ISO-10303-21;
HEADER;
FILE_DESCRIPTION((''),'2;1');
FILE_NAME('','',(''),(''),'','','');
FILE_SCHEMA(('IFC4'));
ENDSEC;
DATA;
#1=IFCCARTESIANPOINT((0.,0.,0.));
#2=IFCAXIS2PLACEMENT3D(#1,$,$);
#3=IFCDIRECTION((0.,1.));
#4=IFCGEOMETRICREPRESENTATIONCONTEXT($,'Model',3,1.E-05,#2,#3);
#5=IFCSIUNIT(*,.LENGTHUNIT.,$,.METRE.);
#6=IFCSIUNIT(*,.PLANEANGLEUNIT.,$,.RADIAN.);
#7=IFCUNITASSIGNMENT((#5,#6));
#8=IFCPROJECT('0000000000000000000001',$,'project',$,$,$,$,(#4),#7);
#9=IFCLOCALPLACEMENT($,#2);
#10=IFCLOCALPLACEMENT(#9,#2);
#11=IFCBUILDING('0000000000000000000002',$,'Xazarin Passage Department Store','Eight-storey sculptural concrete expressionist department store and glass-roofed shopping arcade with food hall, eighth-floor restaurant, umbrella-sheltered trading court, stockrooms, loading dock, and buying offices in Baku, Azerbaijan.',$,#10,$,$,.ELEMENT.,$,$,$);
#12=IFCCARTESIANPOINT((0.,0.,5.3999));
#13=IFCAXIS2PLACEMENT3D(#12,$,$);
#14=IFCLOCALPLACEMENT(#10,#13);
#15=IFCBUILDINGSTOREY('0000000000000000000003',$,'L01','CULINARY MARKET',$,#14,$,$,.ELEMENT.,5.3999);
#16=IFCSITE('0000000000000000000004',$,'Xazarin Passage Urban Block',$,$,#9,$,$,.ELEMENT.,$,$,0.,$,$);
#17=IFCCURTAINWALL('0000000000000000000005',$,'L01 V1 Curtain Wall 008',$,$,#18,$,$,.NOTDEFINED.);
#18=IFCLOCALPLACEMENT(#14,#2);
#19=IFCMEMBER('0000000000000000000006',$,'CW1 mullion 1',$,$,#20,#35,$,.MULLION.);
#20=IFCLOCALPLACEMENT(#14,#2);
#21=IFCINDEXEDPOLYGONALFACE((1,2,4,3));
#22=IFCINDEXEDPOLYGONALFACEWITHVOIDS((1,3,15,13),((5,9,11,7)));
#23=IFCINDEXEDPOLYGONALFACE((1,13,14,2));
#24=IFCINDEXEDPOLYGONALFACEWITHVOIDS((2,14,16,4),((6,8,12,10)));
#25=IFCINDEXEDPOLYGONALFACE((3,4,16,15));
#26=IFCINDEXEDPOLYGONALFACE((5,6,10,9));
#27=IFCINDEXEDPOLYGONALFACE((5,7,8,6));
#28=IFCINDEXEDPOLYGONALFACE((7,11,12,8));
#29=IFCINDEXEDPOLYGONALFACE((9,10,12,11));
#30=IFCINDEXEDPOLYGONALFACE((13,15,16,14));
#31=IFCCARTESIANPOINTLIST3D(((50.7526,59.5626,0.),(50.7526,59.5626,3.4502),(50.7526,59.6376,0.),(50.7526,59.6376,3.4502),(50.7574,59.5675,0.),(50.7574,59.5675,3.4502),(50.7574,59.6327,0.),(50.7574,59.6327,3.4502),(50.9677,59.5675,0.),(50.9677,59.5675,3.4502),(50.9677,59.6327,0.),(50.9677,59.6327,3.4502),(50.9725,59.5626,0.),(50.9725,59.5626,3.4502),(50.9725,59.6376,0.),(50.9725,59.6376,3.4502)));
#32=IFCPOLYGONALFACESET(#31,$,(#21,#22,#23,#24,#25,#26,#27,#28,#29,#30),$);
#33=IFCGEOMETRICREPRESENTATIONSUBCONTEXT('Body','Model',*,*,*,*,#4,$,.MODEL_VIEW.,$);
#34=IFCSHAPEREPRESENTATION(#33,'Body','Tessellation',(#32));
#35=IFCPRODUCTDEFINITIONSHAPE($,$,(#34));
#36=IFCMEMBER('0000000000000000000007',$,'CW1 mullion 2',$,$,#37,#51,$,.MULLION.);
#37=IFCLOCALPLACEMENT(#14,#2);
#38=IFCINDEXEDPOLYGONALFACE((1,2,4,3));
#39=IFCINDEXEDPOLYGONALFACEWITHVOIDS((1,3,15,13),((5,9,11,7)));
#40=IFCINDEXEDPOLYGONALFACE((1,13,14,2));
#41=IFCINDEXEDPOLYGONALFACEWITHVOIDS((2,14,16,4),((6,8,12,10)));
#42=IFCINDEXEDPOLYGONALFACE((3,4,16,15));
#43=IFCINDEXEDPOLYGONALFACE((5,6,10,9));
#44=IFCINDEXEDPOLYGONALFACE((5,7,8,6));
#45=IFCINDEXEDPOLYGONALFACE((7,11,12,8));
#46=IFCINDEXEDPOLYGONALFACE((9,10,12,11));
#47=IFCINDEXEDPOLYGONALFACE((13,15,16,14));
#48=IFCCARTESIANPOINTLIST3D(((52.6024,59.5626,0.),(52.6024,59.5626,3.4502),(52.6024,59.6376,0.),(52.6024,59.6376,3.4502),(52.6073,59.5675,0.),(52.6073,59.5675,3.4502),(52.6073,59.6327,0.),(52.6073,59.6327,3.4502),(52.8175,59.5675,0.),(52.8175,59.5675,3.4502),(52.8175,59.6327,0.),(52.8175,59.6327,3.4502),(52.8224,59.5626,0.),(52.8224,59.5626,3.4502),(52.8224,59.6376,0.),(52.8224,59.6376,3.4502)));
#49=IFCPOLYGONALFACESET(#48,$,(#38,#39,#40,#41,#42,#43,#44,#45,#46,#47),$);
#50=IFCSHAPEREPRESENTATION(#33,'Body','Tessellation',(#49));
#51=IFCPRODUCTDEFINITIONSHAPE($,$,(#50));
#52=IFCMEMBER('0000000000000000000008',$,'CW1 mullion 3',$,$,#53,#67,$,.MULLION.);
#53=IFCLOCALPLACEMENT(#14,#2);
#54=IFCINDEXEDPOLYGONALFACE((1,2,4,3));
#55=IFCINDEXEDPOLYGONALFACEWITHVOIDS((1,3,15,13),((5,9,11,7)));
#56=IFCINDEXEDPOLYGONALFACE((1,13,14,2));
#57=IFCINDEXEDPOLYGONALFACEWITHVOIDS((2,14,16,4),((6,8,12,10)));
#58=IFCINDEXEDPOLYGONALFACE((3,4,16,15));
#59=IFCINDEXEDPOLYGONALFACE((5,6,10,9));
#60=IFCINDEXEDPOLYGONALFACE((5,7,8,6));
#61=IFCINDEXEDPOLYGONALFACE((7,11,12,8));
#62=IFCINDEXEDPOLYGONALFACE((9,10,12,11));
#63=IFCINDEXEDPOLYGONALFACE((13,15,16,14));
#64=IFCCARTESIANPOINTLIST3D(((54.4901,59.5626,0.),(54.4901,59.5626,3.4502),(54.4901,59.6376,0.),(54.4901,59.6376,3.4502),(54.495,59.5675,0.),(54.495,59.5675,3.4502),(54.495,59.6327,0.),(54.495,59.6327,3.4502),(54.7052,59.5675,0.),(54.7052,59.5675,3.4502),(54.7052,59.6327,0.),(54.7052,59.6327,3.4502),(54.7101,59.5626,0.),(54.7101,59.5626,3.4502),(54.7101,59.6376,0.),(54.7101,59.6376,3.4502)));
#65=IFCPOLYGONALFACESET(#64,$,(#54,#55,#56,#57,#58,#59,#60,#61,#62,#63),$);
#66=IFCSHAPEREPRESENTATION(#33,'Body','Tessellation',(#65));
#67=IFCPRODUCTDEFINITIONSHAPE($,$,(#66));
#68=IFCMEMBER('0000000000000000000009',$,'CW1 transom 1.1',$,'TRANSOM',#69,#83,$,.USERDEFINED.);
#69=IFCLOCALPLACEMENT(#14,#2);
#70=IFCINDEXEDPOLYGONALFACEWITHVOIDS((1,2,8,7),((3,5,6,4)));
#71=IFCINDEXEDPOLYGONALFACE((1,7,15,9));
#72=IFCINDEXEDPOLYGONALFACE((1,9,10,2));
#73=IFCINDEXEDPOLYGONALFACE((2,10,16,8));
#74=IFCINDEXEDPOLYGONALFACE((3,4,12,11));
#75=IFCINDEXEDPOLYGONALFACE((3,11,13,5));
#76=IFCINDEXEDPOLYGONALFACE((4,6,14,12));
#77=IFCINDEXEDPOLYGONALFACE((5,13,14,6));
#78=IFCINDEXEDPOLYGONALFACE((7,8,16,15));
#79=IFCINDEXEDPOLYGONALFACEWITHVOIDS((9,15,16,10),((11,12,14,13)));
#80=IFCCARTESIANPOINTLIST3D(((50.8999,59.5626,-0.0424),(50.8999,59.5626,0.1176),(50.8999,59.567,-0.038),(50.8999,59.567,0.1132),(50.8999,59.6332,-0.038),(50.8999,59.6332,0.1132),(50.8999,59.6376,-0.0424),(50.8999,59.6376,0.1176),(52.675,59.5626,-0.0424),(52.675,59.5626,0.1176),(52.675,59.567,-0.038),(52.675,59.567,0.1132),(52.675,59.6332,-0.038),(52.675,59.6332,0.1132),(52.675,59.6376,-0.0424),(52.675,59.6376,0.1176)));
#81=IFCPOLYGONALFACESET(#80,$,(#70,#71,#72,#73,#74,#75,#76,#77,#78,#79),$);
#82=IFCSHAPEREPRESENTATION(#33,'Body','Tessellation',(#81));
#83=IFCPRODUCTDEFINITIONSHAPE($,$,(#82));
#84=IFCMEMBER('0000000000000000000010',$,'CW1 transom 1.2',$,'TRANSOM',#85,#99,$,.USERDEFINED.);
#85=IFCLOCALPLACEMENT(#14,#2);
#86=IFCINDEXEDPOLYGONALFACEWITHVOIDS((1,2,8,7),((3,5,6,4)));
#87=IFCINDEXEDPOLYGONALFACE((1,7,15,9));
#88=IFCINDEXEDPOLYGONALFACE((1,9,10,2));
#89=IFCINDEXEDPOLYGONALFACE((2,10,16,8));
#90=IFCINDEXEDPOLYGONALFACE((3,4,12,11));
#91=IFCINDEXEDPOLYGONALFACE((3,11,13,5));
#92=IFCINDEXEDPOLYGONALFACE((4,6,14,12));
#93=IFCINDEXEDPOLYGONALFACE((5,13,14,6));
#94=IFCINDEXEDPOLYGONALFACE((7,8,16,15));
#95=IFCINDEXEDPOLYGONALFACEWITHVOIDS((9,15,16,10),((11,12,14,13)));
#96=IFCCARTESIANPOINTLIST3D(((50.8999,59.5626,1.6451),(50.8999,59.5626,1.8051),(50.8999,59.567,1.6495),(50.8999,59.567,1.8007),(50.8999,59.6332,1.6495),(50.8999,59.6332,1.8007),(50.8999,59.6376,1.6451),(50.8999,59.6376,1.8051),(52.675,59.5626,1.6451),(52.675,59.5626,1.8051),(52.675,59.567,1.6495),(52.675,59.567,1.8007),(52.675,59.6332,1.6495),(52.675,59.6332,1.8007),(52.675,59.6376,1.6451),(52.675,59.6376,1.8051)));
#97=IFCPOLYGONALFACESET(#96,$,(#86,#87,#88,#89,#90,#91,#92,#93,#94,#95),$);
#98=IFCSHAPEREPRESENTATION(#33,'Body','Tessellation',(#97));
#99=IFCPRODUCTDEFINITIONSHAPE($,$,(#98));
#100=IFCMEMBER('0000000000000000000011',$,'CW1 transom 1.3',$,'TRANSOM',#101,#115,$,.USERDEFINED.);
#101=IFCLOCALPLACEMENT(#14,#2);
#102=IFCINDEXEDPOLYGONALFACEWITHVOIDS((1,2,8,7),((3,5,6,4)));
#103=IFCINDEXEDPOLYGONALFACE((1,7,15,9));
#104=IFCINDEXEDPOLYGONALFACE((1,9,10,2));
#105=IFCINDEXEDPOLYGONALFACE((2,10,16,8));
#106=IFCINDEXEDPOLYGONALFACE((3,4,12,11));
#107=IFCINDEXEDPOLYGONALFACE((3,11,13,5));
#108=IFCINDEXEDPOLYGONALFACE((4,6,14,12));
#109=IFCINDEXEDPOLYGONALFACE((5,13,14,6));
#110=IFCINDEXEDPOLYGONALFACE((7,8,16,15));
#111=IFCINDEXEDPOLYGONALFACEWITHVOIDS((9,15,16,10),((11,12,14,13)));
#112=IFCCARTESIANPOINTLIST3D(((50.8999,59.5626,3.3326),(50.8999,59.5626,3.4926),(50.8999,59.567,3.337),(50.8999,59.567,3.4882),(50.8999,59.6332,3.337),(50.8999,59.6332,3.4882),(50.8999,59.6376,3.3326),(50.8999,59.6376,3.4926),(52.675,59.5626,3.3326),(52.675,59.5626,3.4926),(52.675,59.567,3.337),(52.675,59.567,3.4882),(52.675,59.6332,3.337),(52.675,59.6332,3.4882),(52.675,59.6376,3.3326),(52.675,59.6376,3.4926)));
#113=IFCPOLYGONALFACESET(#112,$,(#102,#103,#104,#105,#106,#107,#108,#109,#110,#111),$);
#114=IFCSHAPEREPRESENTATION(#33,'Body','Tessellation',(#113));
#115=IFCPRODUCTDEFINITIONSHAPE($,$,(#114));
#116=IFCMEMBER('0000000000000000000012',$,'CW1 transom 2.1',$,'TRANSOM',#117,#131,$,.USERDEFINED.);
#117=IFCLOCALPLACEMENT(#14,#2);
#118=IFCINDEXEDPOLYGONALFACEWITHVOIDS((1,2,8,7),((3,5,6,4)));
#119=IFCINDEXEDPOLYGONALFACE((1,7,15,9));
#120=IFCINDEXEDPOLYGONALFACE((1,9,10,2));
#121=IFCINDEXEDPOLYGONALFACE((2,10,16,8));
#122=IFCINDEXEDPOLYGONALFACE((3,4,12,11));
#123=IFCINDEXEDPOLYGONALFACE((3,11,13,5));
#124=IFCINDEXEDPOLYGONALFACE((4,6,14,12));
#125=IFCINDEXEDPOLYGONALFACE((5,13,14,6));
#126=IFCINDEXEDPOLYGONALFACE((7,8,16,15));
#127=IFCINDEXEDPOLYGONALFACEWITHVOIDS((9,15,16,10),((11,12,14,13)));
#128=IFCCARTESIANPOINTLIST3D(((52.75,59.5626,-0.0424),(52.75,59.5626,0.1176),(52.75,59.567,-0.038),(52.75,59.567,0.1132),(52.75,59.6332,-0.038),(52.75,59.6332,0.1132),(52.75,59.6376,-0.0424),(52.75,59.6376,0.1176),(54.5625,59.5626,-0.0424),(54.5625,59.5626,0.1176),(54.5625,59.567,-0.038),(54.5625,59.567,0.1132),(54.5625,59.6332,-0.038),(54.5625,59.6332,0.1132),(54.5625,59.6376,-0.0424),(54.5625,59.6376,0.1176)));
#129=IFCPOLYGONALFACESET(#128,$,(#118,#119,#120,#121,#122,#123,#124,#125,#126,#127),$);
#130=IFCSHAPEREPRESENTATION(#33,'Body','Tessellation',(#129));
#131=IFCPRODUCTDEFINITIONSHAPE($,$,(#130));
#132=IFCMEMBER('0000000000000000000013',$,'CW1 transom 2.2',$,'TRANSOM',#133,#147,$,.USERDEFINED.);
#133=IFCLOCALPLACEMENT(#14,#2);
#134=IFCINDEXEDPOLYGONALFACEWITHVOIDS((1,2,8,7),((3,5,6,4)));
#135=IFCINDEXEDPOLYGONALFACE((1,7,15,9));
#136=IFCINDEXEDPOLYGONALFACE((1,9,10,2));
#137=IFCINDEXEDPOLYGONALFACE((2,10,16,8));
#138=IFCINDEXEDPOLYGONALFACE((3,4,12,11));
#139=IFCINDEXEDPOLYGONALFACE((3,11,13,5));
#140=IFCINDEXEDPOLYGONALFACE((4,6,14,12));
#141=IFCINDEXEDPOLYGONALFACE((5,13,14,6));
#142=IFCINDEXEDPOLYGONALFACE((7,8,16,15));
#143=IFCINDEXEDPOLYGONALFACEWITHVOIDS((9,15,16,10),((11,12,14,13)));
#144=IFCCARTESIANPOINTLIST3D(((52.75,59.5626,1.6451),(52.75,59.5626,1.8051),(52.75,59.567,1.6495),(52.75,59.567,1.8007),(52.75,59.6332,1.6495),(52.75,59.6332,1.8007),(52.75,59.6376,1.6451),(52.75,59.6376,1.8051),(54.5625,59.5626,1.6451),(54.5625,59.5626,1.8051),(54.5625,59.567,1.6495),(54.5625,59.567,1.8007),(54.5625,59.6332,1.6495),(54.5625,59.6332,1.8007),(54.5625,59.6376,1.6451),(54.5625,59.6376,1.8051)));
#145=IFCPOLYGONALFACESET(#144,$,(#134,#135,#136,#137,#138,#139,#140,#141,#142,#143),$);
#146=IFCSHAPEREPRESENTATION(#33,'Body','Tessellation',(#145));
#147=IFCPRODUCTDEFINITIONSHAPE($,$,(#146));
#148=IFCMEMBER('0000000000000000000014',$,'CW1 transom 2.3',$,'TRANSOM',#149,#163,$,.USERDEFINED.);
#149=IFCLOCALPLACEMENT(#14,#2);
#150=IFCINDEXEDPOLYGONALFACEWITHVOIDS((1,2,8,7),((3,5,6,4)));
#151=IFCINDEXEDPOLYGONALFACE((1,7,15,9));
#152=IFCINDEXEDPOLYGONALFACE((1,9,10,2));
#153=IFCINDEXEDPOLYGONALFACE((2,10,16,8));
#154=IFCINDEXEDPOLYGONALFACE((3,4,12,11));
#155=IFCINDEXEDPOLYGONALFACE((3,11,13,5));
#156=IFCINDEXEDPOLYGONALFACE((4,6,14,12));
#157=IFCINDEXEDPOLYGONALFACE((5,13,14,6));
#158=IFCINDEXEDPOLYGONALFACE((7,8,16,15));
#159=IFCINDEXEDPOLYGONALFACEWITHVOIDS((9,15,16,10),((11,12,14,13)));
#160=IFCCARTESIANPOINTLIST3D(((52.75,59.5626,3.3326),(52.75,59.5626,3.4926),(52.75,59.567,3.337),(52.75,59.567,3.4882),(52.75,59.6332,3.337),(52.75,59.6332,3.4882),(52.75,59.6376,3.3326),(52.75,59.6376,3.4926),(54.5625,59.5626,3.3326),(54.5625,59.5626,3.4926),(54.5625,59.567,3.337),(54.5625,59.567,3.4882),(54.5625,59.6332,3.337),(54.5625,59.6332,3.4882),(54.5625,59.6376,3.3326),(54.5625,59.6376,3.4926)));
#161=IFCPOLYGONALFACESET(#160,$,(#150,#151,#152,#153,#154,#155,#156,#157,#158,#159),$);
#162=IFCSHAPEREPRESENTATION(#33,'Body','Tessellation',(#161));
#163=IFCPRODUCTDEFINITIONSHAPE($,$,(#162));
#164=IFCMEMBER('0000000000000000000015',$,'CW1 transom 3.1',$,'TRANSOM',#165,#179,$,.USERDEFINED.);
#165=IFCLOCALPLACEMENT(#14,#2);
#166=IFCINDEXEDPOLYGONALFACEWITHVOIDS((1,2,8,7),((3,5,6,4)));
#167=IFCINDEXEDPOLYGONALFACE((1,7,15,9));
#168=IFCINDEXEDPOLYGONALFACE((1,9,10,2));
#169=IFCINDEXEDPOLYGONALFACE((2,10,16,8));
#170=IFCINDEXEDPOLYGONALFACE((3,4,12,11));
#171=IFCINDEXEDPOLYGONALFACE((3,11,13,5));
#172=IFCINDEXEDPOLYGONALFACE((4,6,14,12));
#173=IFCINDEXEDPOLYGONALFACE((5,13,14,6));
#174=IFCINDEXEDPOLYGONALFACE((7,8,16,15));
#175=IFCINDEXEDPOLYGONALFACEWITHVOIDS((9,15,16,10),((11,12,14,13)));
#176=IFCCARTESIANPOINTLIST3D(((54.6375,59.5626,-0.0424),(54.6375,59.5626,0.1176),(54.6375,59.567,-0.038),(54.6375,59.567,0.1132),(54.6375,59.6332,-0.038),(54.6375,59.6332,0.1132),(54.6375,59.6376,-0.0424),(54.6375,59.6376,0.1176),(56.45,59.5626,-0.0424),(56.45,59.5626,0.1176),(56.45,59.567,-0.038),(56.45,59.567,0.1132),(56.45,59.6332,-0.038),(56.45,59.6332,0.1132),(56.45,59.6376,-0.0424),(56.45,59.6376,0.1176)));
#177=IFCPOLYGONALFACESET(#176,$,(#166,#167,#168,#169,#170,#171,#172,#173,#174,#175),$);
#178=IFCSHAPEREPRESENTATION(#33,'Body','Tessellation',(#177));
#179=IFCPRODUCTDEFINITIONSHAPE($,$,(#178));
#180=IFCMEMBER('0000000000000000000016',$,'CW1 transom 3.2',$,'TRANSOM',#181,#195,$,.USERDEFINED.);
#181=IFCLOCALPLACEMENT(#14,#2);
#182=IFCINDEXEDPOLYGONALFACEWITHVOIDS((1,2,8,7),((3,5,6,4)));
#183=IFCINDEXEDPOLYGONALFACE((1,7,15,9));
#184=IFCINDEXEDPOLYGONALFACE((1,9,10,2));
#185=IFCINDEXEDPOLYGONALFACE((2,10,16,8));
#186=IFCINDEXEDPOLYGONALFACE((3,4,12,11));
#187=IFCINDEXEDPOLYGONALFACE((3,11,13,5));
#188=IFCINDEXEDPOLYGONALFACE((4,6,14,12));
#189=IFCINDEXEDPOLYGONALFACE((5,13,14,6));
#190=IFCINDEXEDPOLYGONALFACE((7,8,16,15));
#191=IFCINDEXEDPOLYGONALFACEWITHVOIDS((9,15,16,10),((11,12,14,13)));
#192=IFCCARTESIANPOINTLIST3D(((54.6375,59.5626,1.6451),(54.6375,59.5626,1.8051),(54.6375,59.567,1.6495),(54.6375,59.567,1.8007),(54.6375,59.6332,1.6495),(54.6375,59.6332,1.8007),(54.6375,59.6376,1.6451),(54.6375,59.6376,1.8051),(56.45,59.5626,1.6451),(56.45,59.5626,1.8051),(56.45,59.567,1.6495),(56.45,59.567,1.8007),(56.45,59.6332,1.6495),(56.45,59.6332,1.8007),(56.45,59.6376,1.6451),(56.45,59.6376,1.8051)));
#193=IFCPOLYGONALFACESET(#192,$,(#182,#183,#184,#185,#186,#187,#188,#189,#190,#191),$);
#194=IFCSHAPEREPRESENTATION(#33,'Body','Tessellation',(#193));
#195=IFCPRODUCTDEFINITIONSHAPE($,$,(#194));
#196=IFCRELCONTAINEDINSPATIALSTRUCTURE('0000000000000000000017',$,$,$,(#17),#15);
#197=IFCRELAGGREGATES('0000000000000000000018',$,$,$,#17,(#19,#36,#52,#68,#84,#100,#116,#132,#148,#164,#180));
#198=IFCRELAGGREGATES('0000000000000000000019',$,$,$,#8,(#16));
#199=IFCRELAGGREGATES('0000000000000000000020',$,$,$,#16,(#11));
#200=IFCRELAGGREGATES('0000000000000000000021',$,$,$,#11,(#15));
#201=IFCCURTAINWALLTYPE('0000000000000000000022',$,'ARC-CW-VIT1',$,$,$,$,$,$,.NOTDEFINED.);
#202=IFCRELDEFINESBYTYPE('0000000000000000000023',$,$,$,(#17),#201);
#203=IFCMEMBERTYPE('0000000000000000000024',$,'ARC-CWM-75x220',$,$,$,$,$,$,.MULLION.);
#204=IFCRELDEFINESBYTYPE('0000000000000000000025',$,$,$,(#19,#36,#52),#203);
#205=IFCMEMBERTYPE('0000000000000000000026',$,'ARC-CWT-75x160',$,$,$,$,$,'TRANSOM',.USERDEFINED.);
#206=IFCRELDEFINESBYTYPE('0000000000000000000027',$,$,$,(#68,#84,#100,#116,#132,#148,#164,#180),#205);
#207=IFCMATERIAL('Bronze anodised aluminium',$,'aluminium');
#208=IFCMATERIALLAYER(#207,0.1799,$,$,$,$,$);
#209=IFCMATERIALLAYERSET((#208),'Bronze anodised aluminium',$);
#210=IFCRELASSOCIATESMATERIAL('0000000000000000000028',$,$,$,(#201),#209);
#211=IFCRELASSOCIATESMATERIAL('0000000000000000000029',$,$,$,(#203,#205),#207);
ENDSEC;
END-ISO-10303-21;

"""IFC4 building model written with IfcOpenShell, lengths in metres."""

from ifc_helpers import new_model, si_unit, direction, frame, origin, origin_2d, place, context, subcontext, project, spatial, hollow_rectangle, extrude, material, layer, layer_set, material_profile, profile_set, type_object, element, aggregate, save


model = new_model("IFC4")

# Units and contexts
model_context = context("Model", 3, precision=1e-05, world=origin(), true_north=direction((0.0, 1.0)))
body_context = subcontext(model_context, "Body", "Model", "MODEL_VIEW")
ifc_project = project(units=[si_unit("LENGTHUNIT", "METRE"), si_unit("PLANEANGLEUNIT", "RADIAN")], contexts=[model_context])

# Site, building, storey
site_placement = place(None, origin())
site = spatial("IfcSite", under=ifc_project, at=site_placement, Name="Xazarin Passage Urban Block", CompositionType="ELEMENT", RefElevation=0.0)
building_placement = place(site_placement, origin())
building = spatial("IfcBuilding", under=site, at=building_placement, Name="Xazarin Passage Department Store", Description="Eight-storey sculptural concrete expressionist department store and glass-roofed shopping arcade with food hall, eighth-floor restaurant, umbrella-sheltered trading court, stockrooms, loading dock, and buying offices in Baku, Azerbaijan.", CompositionType="ELEMENT")
storey_placement = place(building_placement, frame((0.0, 0.0, 5.3999)))
storey = spatial("IfcBuildingStorey", under=building, at=storey_placement, Name="L01", Description="CULINARY MARKET", CompositionType="ELEMENT", Elevation=5.3999)

# Curtain wall, members
ifc_material_1 = material(Name="Bronze anodised aluminium", Category="aluminium")
ifc_layer_1 = layer(ifc_material_1, 0.1799)
ifc_layer_set_1 = layer_set([ifc_layer_1], Name="Bronze anodised aluminium")
curtain_wall_type = type_object("IfcCurtainWallType", Name="ARC-CW-VIT1", PredefinedType="NOTDEFINED", material=ifc_layer_set_1)
curtain_wall_placement = place(storey_placement, origin())
curtain_wall = element("IfcCurtainWall", 1, at=curtain_wall_placement, inside=storey, type_object=curtain_wall_type, Name="L01 V1 Curtain Wall 008", PredefinedType="NOTDEFINED")
ifc_material_profile_1 = material_profile(ifc_material_1, hollow_rectangle(XDim=0.075, YDim=0.22, WallThickness=0.0049, at=origin_2d()), Name="ALU 75x220")
ifc_profile_set_1 = profile_set([ifc_material_profile_1], Name="Bronze anodised aluminium")
member_type_1 = type_object("IfcMemberType", Name="ARC-CWM-75x220", PredefinedType="MULLION", material=ifc_profile_set_1)
member_1_placement = place(storey_placement, frame((50.8625, 59.6001, 0.0), z_axis=(0.0, 0.0, 1.0), x_axis=(0.0, 1.0, 0.0)))
member_1 = element("IfcMember", 2, at=member_1_placement, type_object=member_type_1, Name="CW1 mullion 1", PredefinedType="MULLION", context=body_context, shape_type="SweptSolid", body=[
    extrude(hollow_rectangle(XDim=0.075, YDim=0.22, WallThickness=0.0049, at=origin_2d()), origin(), (0.0, 0.0, 1.0), 3.4502),
])
member_2_placement = place(storey_placement, frame((52.7124, 59.6001, 0.0), z_axis=(0.0, 0.0, 1.0), x_axis=(0.0, 1.0, 0.0)))
member_2 = element("IfcMember", 3, at=member_2_placement, type_object=member_type_1, Name="CW1 mullion 2", PredefinedType="MULLION", context=body_context, shape_type="SweptSolid", body=[
    extrude(hollow_rectangle(XDim=0.075, YDim=0.22, WallThickness=0.0049, at=origin_2d()), origin(), (0.0, 0.0, 1.0), 3.4502),
])
member_3_placement = place(storey_placement, frame((54.6001, 59.6001, 0.0), z_axis=(0.0, 0.0, 1.0), x_axis=(0.0, 1.0, 0.0)))
member_3 = element("IfcMember", 4, at=member_3_placement, type_object=member_type_1, Name="CW1 mullion 3", PredefinedType="MULLION", context=body_context, shape_type="SweptSolid", body=[
    extrude(hollow_rectangle(XDim=0.075, YDim=0.22, WallThickness=0.0049, at=origin_2d()), origin(), (0.0, 0.0, 1.0), 3.4502),
])
ifc_material_profile_2 = material_profile(ifc_material_1, hollow_rectangle(XDim=0.075, YDim=0.1599, WallThickness=0.0044, at=origin_2d()), Name="ALU 75x160")
ifc_profile_set_2 = profile_set([ifc_material_profile_2], Name="Bronze anodised aluminium")
member_type_2 = type_object("IfcMemberType", Name="ARC-CWT-75x160", ElementType="TRANSOM", PredefinedType="USERDEFINED", material=ifc_profile_set_2)
member_4_placement = place(storey_placement, frame((50.8999, 59.6001, 0.0376), z_axis=(1.0, 0.0, 0.0), x_axis=(0.0, 1.0, 0.0)))
member_4 = element("IfcMember", 5, at=member_4_placement, type_object=member_type_2, Name="CW1 transom 1.1", ObjectType="TRANSOM", PredefinedType="USERDEFINED", context=body_context, shape_type="SweptSolid", body=[
    extrude(hollow_rectangle(XDim=0.075, YDim=0.1599, WallThickness=0.0044, at=origin_2d()), origin(), (0.0, 0.0, 1.0), 1.7751),
])
member_5_placement = place(storey_placement, frame((50.8999, 59.6001, 1.7251), z_axis=(1.0, 0.0, 0.0), x_axis=(0.0, 1.0, 0.0)))
member_5 = element("IfcMember", 6, at=member_5_placement, type_object=member_type_2, Name="CW1 transom 1.2", ObjectType="TRANSOM", PredefinedType="USERDEFINED", context=body_context, shape_type="SweptSolid", body=[
    extrude(hollow_rectangle(XDim=0.075, YDim=0.1599, WallThickness=0.0044, at=origin_2d()), origin(), (0.0, 0.0, 1.0), 1.7751),
])
member_6_placement = place(storey_placement, frame((50.8999, 59.6001, 3.4126), z_axis=(1.0, 0.0, 0.0), x_axis=(0.0, 1.0, 0.0)))
member_6 = element("IfcMember", 7, at=member_6_placement, type_object=member_type_2, Name="CW1 transom 1.3", ObjectType="TRANSOM", PredefinedType="USERDEFINED", context=body_context, shape_type="SweptSolid", body=[
    extrude(hollow_rectangle(XDim=0.075, YDim=0.1599, WallThickness=0.0044, at=origin_2d()), origin(), (0.0, 0.0, 1.0), 1.7751),
])
member_7_placement = place(storey_placement, frame((52.75, 59.6001, 0.0376), z_axis=(1.0, 0.0, 0.0), x_axis=(0.0, 1.0, 0.0)))
member_7 = element("IfcMember", 8, at=member_7_placement, type_object=member_type_2, Name="CW1 transom 2.1", ObjectType="TRANSOM", PredefinedType="USERDEFINED", context=body_context, shape_type="SweptSolid", body=[
    extrude(hollow_rectangle(XDim=0.075, YDim=0.1599, WallThickness=0.0044, at=origin_2d()), origin(), (0.0, 0.0, 1.0), 1.8125),
])
member_8_placement = place(storey_placement, frame((52.75, 59.6001, 1.7251), z_axis=(1.0, 0.0, 0.0), x_axis=(0.0, 1.0, 0.0)))
member_8 = element("IfcMember", 9, at=member_8_placement, type_object=member_type_2, Name="CW1 transom 2.2", ObjectType="TRANSOM", PredefinedType="USERDEFINED", context=body_context, shape_type="SweptSolid", body=[
    extrude(hollow_rectangle(XDim=0.075, YDim=0.1599, WallThickness=0.0044, at=origin_2d()), origin(), (0.0, 0.0, 1.0), 1.8125),
])
member_9_placement = place(storey_placement, frame((52.75, 59.6001, 3.4126), z_axis=(1.0, 0.0, 0.0), x_axis=(0.0, 1.0, 0.0)))
member_9 = element("IfcMember", 10, at=member_9_placement, type_object=member_type_2, Name="CW1 transom 2.3", ObjectType="TRANSOM", PredefinedType="USERDEFINED", context=body_context, shape_type="SweptSolid", body=[
    extrude(hollow_rectangle(XDim=0.075, YDim=0.1599, WallThickness=0.0044, at=origin_2d()), origin(), (0.0, 0.0, 1.0), 1.8125),
])
member_10_placement = place(storey_placement, frame((54.6375, 59.6001, 0.0376), z_axis=(1.0, 0.0, 0.0), x_axis=(0.0, 1.0, 0.0)))
member_10 = element("IfcMember", 11, at=member_10_placement, type_object=member_type_2, Name="CW1 transom 3.1", ObjectType="TRANSOM", PredefinedType="USERDEFINED", context=body_context, shape_type="SweptSolid", body=[
    extrude(hollow_rectangle(XDim=0.075, YDim=0.1599, WallThickness=0.0044, at=origin_2d()), origin(), (0.0, 0.0, 1.0), 1.8125),
])
member_11_placement = place(storey_placement, frame((54.6375, 59.6001, 1.7251), z_axis=(1.0, 0.0, 0.0), x_axis=(0.0, 1.0, 0.0)))
member_11 = element("IfcMember", 12, at=member_11_placement, type_object=member_type_2, Name="CW1 transom 3.2", ObjectType="TRANSOM", PredefinedType="USERDEFINED", context=body_context, shape_type="SweptSolid", body=[
    extrude(hollow_rectangle(XDim=0.075, YDim=0.1599, WallThickness=0.0044, at=origin_2d()), origin(), (0.0, 0.0, 1.0), 1.8125),
])

aggregate(curtain_wall, [member_1, member_2, member_3, member_4, member_5, member_6, member_7, member_8, member_9, member_10, member_11])

save(model, "model.ifc")
